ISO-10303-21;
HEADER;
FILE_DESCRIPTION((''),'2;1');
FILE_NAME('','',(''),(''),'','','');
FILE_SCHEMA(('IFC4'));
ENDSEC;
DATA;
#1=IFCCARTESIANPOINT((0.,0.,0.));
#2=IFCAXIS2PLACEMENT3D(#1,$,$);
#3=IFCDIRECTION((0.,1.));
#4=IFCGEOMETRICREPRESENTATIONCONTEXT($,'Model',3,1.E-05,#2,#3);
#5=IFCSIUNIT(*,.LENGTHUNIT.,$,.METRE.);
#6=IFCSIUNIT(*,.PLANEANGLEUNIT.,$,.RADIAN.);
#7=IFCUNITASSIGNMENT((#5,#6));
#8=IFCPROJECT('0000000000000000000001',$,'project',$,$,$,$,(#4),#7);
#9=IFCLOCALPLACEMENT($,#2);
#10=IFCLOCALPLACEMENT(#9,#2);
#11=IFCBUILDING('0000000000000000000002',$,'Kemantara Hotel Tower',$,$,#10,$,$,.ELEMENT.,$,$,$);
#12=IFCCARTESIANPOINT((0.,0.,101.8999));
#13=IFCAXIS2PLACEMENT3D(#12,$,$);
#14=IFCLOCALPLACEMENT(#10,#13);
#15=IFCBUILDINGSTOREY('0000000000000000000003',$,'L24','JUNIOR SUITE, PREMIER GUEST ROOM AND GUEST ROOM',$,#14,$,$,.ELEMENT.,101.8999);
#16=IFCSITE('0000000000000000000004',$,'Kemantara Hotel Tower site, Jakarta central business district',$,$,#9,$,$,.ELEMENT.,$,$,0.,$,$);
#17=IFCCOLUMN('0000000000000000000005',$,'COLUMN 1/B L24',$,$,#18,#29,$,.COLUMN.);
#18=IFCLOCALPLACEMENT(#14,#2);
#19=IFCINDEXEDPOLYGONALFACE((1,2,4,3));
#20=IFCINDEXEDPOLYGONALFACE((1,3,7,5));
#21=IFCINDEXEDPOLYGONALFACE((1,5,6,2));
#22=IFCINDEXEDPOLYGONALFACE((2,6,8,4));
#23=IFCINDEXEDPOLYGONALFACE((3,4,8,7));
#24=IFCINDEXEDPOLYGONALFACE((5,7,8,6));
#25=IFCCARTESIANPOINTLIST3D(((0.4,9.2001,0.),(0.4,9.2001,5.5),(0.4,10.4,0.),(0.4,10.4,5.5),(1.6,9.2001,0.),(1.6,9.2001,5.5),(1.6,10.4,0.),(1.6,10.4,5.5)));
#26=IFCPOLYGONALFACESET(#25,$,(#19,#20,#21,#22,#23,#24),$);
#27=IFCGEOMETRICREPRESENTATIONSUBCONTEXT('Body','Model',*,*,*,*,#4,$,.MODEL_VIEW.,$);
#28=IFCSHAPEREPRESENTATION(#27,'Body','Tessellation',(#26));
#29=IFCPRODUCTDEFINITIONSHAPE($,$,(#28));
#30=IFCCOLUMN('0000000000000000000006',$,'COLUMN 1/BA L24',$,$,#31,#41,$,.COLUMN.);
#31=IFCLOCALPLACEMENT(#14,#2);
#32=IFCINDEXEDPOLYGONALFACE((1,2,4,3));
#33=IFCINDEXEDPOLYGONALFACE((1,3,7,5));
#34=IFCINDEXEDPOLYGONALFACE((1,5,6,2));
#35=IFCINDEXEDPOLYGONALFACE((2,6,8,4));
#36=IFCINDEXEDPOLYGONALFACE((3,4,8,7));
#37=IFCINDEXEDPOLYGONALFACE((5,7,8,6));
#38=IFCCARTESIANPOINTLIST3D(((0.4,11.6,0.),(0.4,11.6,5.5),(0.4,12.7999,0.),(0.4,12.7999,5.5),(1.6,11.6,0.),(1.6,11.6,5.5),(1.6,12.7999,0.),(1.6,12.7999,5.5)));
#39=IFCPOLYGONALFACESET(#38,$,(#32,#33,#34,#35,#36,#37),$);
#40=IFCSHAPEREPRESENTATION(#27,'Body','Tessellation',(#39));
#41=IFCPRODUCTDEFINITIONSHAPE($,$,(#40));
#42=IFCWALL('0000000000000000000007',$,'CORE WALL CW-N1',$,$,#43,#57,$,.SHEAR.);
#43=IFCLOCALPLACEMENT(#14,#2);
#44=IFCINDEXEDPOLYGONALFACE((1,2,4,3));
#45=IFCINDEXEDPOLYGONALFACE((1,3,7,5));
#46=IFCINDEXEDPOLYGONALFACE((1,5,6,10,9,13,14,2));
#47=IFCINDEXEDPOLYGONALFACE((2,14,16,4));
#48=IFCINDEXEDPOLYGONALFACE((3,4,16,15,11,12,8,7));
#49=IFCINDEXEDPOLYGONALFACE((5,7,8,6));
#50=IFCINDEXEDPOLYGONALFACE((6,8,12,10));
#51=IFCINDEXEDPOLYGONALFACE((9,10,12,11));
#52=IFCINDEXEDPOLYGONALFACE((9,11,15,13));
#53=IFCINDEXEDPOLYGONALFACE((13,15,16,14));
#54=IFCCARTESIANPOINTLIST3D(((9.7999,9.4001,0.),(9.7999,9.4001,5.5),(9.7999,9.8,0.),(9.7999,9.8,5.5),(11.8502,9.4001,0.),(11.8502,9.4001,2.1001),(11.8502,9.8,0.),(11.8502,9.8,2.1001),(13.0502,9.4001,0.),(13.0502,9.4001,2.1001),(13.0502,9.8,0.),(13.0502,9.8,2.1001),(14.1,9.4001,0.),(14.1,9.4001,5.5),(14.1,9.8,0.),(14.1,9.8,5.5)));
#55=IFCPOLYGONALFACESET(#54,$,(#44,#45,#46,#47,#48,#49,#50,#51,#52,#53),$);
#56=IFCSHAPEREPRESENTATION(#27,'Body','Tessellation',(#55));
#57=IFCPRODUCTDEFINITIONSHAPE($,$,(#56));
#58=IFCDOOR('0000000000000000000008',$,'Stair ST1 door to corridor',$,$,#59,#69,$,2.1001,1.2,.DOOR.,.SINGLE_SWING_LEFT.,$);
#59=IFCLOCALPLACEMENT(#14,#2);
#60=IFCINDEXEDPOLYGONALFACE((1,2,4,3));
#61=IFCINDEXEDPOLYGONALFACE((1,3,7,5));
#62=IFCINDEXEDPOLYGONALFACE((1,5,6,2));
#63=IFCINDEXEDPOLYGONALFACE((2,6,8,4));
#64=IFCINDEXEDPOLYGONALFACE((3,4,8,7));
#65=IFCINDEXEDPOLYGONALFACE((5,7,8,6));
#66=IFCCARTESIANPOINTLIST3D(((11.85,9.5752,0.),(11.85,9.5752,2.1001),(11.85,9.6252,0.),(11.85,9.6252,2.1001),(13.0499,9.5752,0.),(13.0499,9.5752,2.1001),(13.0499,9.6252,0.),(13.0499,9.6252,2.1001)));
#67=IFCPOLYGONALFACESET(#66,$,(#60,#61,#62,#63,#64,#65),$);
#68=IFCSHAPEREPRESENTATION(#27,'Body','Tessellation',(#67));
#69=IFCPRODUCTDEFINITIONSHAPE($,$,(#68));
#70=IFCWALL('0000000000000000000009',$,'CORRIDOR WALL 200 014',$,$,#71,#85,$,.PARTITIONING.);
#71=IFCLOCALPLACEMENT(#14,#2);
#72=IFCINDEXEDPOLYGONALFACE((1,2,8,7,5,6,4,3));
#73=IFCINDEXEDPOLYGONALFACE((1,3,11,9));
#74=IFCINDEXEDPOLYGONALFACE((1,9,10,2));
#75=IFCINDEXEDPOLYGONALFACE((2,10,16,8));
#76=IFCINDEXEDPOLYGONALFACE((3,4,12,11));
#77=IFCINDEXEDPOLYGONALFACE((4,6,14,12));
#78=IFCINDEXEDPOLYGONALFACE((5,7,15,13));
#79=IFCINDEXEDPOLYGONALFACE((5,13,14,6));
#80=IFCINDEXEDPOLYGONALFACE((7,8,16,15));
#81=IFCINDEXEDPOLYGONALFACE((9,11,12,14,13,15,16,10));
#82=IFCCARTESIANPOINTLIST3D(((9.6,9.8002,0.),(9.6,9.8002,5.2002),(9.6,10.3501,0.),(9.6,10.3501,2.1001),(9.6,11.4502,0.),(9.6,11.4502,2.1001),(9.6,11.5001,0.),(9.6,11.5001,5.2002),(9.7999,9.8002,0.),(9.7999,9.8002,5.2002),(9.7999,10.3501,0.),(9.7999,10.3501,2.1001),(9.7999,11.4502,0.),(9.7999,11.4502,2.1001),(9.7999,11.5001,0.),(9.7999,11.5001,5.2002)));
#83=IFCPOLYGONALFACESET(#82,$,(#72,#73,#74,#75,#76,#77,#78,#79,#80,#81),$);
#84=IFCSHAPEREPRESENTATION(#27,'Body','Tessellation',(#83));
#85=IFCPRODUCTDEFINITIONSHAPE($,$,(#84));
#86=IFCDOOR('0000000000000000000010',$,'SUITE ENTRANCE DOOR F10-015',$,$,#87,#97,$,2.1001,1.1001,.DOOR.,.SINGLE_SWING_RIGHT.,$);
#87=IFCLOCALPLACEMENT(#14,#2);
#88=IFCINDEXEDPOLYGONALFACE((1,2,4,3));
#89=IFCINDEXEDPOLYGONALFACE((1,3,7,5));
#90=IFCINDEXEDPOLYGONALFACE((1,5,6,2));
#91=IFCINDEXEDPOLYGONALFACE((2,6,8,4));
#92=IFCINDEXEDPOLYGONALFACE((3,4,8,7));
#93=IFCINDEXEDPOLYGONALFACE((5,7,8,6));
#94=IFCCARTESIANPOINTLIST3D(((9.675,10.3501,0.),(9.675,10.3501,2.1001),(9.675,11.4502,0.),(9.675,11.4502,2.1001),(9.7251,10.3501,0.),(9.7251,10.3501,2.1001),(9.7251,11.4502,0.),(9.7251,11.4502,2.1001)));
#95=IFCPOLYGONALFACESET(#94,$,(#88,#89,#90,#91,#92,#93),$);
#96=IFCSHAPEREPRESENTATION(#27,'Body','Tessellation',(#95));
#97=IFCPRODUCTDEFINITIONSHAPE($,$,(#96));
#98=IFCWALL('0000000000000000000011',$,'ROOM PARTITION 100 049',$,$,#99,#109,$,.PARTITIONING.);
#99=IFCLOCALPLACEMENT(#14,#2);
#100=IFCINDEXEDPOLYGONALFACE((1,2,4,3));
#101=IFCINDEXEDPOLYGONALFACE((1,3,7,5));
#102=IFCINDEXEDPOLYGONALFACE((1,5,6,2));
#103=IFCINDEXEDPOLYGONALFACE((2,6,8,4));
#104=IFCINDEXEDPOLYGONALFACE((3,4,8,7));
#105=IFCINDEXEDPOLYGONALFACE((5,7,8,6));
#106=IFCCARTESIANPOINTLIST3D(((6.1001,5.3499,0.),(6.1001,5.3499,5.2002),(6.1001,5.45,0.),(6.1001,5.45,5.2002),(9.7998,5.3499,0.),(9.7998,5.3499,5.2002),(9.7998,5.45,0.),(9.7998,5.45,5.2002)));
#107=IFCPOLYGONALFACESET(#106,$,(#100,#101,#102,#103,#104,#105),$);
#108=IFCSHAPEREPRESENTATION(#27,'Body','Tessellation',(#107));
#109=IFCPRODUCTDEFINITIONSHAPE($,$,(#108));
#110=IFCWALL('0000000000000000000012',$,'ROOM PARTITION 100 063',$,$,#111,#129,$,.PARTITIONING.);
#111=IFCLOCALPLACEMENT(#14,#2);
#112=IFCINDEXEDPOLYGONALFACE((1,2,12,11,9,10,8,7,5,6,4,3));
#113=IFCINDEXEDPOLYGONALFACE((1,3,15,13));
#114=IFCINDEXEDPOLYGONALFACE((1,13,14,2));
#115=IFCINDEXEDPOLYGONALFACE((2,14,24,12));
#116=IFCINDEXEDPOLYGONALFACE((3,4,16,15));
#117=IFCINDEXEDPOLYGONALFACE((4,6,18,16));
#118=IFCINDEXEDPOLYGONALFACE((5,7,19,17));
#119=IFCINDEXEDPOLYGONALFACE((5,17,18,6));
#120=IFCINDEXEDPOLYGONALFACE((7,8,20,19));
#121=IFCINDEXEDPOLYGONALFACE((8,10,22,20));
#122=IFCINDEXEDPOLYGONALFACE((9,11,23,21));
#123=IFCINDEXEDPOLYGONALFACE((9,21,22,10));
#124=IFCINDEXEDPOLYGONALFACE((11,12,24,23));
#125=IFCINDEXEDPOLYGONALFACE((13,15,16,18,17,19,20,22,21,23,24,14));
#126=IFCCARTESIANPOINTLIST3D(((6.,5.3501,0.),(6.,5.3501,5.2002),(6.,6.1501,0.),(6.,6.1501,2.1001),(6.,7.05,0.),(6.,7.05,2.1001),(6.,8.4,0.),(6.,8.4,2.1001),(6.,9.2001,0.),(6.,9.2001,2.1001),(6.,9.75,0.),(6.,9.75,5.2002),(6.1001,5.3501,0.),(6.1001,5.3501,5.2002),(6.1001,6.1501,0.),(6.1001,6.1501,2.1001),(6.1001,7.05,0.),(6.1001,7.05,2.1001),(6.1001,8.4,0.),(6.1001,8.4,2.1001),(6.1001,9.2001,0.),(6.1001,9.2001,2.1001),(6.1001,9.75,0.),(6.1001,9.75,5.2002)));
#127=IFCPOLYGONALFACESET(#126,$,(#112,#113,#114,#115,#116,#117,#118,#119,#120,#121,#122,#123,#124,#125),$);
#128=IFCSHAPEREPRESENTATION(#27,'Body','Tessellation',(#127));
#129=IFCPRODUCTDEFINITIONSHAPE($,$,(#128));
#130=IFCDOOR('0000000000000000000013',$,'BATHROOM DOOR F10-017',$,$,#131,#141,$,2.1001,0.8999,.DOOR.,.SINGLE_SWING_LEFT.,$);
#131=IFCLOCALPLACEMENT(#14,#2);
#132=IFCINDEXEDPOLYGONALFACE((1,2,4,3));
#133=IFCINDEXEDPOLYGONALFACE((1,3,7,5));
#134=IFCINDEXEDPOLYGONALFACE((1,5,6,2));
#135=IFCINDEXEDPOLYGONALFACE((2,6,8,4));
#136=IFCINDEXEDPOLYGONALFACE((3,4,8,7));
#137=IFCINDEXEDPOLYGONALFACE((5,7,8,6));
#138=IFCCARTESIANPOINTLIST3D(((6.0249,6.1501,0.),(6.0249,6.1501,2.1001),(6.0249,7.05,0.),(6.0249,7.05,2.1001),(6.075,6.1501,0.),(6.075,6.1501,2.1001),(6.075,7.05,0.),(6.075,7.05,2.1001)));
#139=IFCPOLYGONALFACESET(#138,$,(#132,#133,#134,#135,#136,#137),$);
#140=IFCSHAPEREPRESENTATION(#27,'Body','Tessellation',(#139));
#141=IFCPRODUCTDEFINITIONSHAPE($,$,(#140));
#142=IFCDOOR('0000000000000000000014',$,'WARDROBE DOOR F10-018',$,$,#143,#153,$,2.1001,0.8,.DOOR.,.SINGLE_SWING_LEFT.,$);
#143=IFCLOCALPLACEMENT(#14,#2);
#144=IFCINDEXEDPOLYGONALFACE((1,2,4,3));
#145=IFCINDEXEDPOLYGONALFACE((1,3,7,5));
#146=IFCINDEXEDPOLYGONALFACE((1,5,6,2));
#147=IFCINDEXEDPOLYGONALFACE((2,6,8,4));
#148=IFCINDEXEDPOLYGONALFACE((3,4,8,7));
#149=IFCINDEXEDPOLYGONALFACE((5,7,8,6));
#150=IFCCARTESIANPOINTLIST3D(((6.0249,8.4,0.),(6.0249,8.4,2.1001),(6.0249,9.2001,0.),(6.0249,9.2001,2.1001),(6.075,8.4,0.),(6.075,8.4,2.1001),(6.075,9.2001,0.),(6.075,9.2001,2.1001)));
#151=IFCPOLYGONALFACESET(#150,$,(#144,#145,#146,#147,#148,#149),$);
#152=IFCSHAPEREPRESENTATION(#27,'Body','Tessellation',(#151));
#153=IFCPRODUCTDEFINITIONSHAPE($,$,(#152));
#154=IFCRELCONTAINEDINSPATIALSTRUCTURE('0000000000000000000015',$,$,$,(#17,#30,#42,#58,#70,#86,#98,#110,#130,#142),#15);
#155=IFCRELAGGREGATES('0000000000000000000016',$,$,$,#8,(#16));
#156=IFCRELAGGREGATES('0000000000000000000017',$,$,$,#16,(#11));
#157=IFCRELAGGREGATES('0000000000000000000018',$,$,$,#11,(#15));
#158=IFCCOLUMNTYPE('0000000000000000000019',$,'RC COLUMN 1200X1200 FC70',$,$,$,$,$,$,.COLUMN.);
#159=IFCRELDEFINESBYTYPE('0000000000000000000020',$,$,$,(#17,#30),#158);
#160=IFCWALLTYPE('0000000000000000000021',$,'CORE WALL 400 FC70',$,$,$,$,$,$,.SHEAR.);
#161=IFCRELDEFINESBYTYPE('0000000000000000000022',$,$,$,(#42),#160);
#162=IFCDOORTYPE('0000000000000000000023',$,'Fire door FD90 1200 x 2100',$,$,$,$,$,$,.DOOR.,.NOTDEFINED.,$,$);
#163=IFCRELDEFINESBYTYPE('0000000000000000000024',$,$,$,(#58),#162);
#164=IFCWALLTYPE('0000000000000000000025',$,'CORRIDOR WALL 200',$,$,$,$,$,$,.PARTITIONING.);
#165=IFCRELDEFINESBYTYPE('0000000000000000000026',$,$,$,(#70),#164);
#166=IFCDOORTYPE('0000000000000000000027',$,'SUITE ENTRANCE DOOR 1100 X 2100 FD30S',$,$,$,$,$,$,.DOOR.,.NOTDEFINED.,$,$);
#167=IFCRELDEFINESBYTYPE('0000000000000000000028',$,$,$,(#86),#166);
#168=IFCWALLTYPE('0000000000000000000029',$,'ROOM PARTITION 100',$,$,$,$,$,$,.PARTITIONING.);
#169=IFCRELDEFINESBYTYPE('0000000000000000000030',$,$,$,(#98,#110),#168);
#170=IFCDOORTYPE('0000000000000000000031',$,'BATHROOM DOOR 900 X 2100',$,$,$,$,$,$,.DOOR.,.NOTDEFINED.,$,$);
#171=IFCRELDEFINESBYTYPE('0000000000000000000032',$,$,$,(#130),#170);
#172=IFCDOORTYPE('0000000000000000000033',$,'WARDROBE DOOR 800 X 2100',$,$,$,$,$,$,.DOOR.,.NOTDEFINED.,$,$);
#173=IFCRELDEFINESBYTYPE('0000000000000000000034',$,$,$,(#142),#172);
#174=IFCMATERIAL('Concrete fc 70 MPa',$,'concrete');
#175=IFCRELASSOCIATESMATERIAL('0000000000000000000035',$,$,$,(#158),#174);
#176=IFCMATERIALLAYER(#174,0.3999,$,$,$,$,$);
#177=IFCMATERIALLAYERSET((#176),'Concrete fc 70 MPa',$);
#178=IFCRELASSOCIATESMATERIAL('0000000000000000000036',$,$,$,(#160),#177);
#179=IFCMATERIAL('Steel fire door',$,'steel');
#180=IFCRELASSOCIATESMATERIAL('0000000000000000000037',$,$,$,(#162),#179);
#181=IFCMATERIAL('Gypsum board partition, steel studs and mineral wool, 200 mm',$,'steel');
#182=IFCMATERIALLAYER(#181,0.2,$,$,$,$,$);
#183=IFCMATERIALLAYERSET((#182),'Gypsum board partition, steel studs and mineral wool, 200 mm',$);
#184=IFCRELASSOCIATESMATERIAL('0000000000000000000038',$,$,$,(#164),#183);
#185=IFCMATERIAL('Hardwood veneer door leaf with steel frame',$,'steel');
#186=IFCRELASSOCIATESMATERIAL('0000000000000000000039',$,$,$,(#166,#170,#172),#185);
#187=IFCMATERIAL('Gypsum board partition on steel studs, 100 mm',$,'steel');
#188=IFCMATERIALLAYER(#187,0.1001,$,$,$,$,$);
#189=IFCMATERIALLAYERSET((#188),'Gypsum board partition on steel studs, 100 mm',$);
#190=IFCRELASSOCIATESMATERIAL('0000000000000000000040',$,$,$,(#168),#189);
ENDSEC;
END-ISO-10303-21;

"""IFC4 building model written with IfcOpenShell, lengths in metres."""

from ifc_helpers import new_model, si_unit, direction, frame, frame_2d, origin, origin_2d, place, context, subcontext, project, spatial, rectangle, extrude, material, layer, layer_set, material_profile, profile_set, type_object, element, fill, save


model = new_model("IFC4")

# Units and contexts
model_context = context("Model", 3, precision=1e-05, world=origin(), true_north=direction((0.0, 1.0)))
body_context = subcontext(model_context, "Body", "Model", "MODEL_VIEW")
ifc_project = project(units=[si_unit("LENGTHUNIT", "METRE"), si_unit("PLANEANGLEUNIT", "RADIAN")], contexts=[model_context])

# Site, building, storey
site_placement = place(None, origin())
site = spatial("IfcSite", under=ifc_project, at=site_placement, Name="Kemantara Hotel Tower site, Jakarta central business district", CompositionType="ELEMENT", RefElevation=0.0)
building_placement = place(site_placement, origin())
building = spatial("IfcBuilding", under=site, at=building_placement, Name="Kemantara Hotel Tower", CompositionType="ELEMENT")
storey_placement = place(building_placement, frame((0.0, 0.0, 101.8999)))
storey = spatial("IfcBuildingStorey", under=building, at=storey_placement, Name="L24", Description="JUNIOR SUITE, PREMIER GUEST ROOM AND GUEST ROOM", CompositionType="ELEMENT", Elevation=101.8999)

# Columns
ifc_material_1 = material(Name="Concrete fc 70 MPa", Category="concrete")
ifc_material_profile = material_profile(ifc_material_1, rectangle(XDim=1.2, YDim=1.2, at=origin_2d()), Name="RC 1200X1200")
ifc_profile_set = profile_set([ifc_material_profile], Name="Concrete fc 70 MPa")
column_type = type_object("IfcColumnType", Name="RC COLUMN 1200X1200 FC70", PredefinedType="COLUMN", material=ifc_profile_set)
for number, where, z_axis, x_axis, name in (
    (1, (1.0, 9.8, 0.0), (0.0, 0.0, 1.0), (1.0, 0.0, 0.0), "COLUMN 1/B L24"),
    (2, (1.0, 12.2, 0.0), (0.0, 0.0, 1.0), (1.0, 0.0, 0.0), "COLUMN 1/BA L24"),
):
    element("IfcColumn", number, at=place(storey_placement, frame(where, z_axis=z_axis, x_axis=x_axis)), inside=storey, type_object=column_type, Name=name, PredefinedType="COLUMN", context=body_context, shape_type="SweptSolid", body=[
        extrude(rectangle(XDim=1.2, YDim=1.2, at=origin_2d()), origin(), (0.0, 0.0, 1.0), 5.5),
    ])

# Walls, openings, doors
ifc_layer_1 = layer(ifc_material_1, 0.3999)
ifc_layer_set_1 = layer_set([ifc_layer_1], Name="Concrete fc 70 MPa")
wall_type_1 = type_object("IfcWallType", Name="CORE WALL 400 FC70", PredefinedType="SHEAR", material=ifc_layer_set_1)
wall_1_placement = place(storey_placement, frame((9.8, 9.6001, 0.0), z_axis=(0.0, 0.0, 1.0), x_axis=(1.0, 0.0, 0.0)))
wall_1 = element("IfcWall", 3, at=wall_1_placement, inside=storey, type_object=wall_type_1, Name="CORE WALL CW-N1", PredefinedType="SHEAR", context=body_context, shape_type="SweptSolid", body=[
    extrude(rectangle(XDim=4.3, YDim=0.3999, at=frame_2d((2.1499, 0.0))), origin(), (0.0, 0.0, 1.0), 5.5),
])
opening_1_placement = place(wall_1_placement, frame((2.05, 0.0, 0.0)))
opening_1 = element("IfcOpeningElement", 4, at=opening_1_placement, cuts=wall_1, PredefinedType="OPENING", context=body_context, shape_type="SweptSolid", body=[
    extrude(rectangle(XDim=1.2, YDim=2.1001, at=frame_2d((0.6001, 1.05))), frame((0.0, 0.21, 0.0), z_axis=(0.0, -1.0, 0.0), x_axis=(1.0, 0.0, 0.0)), (0.0, 0.0, 1.0), 0.4199),
])
ifc_material_2 = material(Name="Steel fire door", Category="steel")
door_type_1 = type_object("IfcDoorType", Name="Fire door FD90 1200 x 2100", OperationType="NOTDEFINED", PredefinedType="DOOR", material=ifc_material_2)
door_1_placement = place(opening_1_placement, frame((1.2, 0.0, 0.0), z_axis=(0.0, 0.0, 1.0), x_axis=(-1.0, 0.0, 0.0)))
door_1 = element("IfcDoor", 5, at=door_1_placement, inside=storey, type_object=door_type_1, Name="Stair ST1 door to corridor", OperationType="SINGLE_SWING_LEFT", OverallHeight=2.1001, OverallWidth=1.2, PredefinedType="DOOR", context=body_context, shape_type="SweptSolid", body=[
    extrude(rectangle(XDim=1.2, YDim=2.1001, at=frame_2d((0.6001, 1.05))), frame((0.0, 0.0249, 0.0), z_axis=(0.0, -1.0, 0.0), x_axis=(1.0, 0.0, 0.0)), (0.0, 0.0, 1.0), 0.05),
])
fill(opening_1, door_1)
ifc_material_3 = material(Name="Gypsum board partition, steel studs and mineral wool, 200 mm", Category="steel")
ifc_layer_2 = layer(ifc_material_3, 0.2)
ifc_layer_set_2 = layer_set([ifc_layer_2], Name="Gypsum board partition, steel studs and mineral wool, 200 mm")
wall_type_2 = type_object("IfcWallType", Name="CORRIDOR WALL 200", PredefinedType="PARTITIONING", material=ifc_layer_set_2)
wall_2_placement = place(storey_placement, frame((9.7, 9.8, 0.0), z_axis=(0.0, 0.0, 1.0), x_axis=(0.0, 1.0, 0.0)))
wall_2 = element("IfcWall", 6, at=wall_2_placement, inside=storey, type_object=wall_type_2, Name="CORRIDOR WALL 200 014", PredefinedType="PARTITIONING", context=body_context, shape_type="SweptSolid", body=[
    extrude(rectangle(XDim=1.7, YDim=0.2, at=frame_2d((0.8501, 0.0))), origin(), (0.0, 0.0, 1.0), 5.2002),
])
opening_2_placement = place(wall_2_placement, frame((0.55, 0.0, 0.0)))
opening_2 = element("IfcOpeningElement", 7, at=opening_2_placement, cuts=wall_2, PredefinedType="OPENING", context=body_context, shape_type="SweptSolid", body=[
    extrude(rectangle(XDim=1.1001, YDim=2.1001, at=frame_2d((0.55, 1.05))), frame((0.0, 0.1099, 0.0), z_axis=(0.0, -1.0, 0.0), x_axis=(1.0, 0.0, 0.0)), (0.0, 0.0, 1.0), 0.22),
])
ifc_material_4 = material(Name="Hardwood veneer door leaf with steel frame", Category="steel")
door_type_2 = type_object("IfcDoorType", Name="SUITE ENTRANCE DOOR 1100 X 2100 FD30S", OperationType="NOTDEFINED", PredefinedType="DOOR", material=ifc_material_4)
door_2_placement = place(opening_2_placement, origin())
door_2 = element("IfcDoor", 8, at=door_2_placement, inside=storey, type_object=door_type_2, Name="SUITE ENTRANCE DOOR F10-015", OperationType="SINGLE_SWING_RIGHT", OverallHeight=2.1001, OverallWidth=1.1001, PredefinedType="DOOR", context=body_context, shape_type="SweptSolid", body=[
    extrude(rectangle(XDim=1.1001, YDim=2.1001, at=frame_2d((0.55, 1.05))), frame((0.0, 0.0249, 0.0), z_axis=(0.0, -1.0, 0.0), x_axis=(1.0, 0.0, 0.0)), (0.0, 0.0, 1.0), 0.05),
])
fill(opening_2, door_2)

# Wall
ifc_material_5 = material(Name="Gypsum board partition on steel studs, 100 mm", Category="steel")
ifc_layer_3 = layer(ifc_material_5, 0.1001)
ifc_layer_set_3 = layer_set([ifc_layer_3], Name="Gypsum board partition on steel studs, 100 mm")
wall_type_3 = type_object("IfcWallType", Name="ROOM PARTITION 100", PredefinedType="PARTITIONING", material=ifc_layer_set_3)
wall_3_placement = place(storey_placement, frame((6.1001, 5.3999, 0.0), z_axis=(0.0, 0.0, 1.0), x_axis=(1.0, 0.0, 0.0)))
element("IfcWall", 9, at=wall_3_placement, inside=storey, type_object=wall_type_3, Name="ROOM PARTITION 100 049", PredefinedType="PARTITIONING", context=body_context, shape_type="SweptSolid", body=[
    extrude(rectangle(XDim=3.6997, YDim=0.1001, at=frame_2d((1.8499, 0.0))), origin(), (0.0, 0.0, 1.0), 5.2002),
])

# Wall, openings, doors
wall_4_placement = place(storey_placement, frame((6.05, 9.75, 0.0), z_axis=(0.0, 0.0, 1.0), x_axis=(0.0, -1.0, 0.0)))
wall_4 = element("IfcWall", 10, at=wall_4_placement, inside=storey, type_object=wall_type_3, Name="ROOM PARTITION 100 063", PredefinedType="PARTITIONING", context=body_context, shape_type="SweptSolid", body=[
    extrude(rectangle(XDim=4.3999, YDim=0.1001, at=frame_2d((2.2, 0.0))), origin(), (0.0, 0.0, 1.0), 5.2002),
])
opening_3_placement = place(wall_4_placement, frame((2.7, 0.0, 0.0)))
opening_3 = element("IfcOpeningElement", 11, at=opening_3_placement, cuts=wall_4, PredefinedType="OPENING", context=body_context, shape_type="SweptSolid", body=[
    extrude(rectangle(XDim=0.8999, YDim=2.1001, at=frame_2d((0.45, 1.05))), frame((0.0, 0.0601, 0.0), z_axis=(0.0, -1.0, 0.0), x_axis=(1.0, 0.0, 0.0)), (0.0, 0.0, 1.0), 0.1201),
])
opening_4_placement = place(wall_4_placement, frame((0.55, 0.0, 0.0)))
opening_4 = element("IfcOpeningElement", 12, at=opening_4_placement, cuts=wall_4, PredefinedType="OPENING", context=body_context, shape_type="SweptSolid", body=[
    extrude(rectangle(XDim=0.8, YDim=2.1001, at=frame_2d((0.3999, 1.05))), frame((0.0, 0.0601, 0.0), z_axis=(0.0, -1.0, 0.0), x_axis=(1.0, 0.0, 0.0)), (0.0, 0.0, 1.0), 0.1201),
])
door_type_3 = type_object("IfcDoorType", Name="BATHROOM DOOR 900 X 2100", OperationType="NOTDEFINED", PredefinedType="DOOR", material=ifc_material_4)
door_3_placement = place(opening_3_placement, origin())
door_3 = element("IfcDoor", 13, at=door_3_placement, inside=storey, type_object=door_type_3, Name="BATHROOM DOOR F10-017", OperationType="SINGLE_SWING_LEFT", OverallHeight=2.1001, OverallWidth=0.8999, PredefinedType="DOOR", context=body_context, shape_type="SweptSolid", body=[
    extrude(rectangle(XDim=0.8999, YDim=2.1001, at=frame_2d((0.45, 1.05))), frame((0.0, 0.0249, 0.0), z_axis=(0.0, -1.0, 0.0), x_axis=(1.0, 0.0, 0.0)), (0.0, 0.0, 1.0), 0.05),
])
fill(opening_3, door_3)
door_type_4 = type_object("IfcDoorType", Name="WARDROBE DOOR 800 X 2100", OperationType="NOTDEFINED", PredefinedType="DOOR", material=ifc_material_4)
door_4_placement = place(opening_4_placement, origin())
door_4 = element("IfcDoor", 14, at=door_4_placement, inside=storey, type_object=door_type_4, Name="WARDROBE DOOR F10-018", OperationType="SINGLE_SWING_LEFT", OverallHeight=2.1001, OverallWidth=0.8, PredefinedType="DOOR", context=body_context, shape_type="SweptSolid", body=[
    extrude(rectangle(XDim=0.8, YDim=2.1001, at=frame_2d((0.3999, 1.05))), frame((0.0, 0.0249, 0.0), z_axis=(0.0, -1.0, 0.0), x_axis=(1.0, 0.0, 0.0)), (0.0, 0.0, 1.0), 0.05),
])
fill(opening_4, door_4)

save(model, "model.ifc")
